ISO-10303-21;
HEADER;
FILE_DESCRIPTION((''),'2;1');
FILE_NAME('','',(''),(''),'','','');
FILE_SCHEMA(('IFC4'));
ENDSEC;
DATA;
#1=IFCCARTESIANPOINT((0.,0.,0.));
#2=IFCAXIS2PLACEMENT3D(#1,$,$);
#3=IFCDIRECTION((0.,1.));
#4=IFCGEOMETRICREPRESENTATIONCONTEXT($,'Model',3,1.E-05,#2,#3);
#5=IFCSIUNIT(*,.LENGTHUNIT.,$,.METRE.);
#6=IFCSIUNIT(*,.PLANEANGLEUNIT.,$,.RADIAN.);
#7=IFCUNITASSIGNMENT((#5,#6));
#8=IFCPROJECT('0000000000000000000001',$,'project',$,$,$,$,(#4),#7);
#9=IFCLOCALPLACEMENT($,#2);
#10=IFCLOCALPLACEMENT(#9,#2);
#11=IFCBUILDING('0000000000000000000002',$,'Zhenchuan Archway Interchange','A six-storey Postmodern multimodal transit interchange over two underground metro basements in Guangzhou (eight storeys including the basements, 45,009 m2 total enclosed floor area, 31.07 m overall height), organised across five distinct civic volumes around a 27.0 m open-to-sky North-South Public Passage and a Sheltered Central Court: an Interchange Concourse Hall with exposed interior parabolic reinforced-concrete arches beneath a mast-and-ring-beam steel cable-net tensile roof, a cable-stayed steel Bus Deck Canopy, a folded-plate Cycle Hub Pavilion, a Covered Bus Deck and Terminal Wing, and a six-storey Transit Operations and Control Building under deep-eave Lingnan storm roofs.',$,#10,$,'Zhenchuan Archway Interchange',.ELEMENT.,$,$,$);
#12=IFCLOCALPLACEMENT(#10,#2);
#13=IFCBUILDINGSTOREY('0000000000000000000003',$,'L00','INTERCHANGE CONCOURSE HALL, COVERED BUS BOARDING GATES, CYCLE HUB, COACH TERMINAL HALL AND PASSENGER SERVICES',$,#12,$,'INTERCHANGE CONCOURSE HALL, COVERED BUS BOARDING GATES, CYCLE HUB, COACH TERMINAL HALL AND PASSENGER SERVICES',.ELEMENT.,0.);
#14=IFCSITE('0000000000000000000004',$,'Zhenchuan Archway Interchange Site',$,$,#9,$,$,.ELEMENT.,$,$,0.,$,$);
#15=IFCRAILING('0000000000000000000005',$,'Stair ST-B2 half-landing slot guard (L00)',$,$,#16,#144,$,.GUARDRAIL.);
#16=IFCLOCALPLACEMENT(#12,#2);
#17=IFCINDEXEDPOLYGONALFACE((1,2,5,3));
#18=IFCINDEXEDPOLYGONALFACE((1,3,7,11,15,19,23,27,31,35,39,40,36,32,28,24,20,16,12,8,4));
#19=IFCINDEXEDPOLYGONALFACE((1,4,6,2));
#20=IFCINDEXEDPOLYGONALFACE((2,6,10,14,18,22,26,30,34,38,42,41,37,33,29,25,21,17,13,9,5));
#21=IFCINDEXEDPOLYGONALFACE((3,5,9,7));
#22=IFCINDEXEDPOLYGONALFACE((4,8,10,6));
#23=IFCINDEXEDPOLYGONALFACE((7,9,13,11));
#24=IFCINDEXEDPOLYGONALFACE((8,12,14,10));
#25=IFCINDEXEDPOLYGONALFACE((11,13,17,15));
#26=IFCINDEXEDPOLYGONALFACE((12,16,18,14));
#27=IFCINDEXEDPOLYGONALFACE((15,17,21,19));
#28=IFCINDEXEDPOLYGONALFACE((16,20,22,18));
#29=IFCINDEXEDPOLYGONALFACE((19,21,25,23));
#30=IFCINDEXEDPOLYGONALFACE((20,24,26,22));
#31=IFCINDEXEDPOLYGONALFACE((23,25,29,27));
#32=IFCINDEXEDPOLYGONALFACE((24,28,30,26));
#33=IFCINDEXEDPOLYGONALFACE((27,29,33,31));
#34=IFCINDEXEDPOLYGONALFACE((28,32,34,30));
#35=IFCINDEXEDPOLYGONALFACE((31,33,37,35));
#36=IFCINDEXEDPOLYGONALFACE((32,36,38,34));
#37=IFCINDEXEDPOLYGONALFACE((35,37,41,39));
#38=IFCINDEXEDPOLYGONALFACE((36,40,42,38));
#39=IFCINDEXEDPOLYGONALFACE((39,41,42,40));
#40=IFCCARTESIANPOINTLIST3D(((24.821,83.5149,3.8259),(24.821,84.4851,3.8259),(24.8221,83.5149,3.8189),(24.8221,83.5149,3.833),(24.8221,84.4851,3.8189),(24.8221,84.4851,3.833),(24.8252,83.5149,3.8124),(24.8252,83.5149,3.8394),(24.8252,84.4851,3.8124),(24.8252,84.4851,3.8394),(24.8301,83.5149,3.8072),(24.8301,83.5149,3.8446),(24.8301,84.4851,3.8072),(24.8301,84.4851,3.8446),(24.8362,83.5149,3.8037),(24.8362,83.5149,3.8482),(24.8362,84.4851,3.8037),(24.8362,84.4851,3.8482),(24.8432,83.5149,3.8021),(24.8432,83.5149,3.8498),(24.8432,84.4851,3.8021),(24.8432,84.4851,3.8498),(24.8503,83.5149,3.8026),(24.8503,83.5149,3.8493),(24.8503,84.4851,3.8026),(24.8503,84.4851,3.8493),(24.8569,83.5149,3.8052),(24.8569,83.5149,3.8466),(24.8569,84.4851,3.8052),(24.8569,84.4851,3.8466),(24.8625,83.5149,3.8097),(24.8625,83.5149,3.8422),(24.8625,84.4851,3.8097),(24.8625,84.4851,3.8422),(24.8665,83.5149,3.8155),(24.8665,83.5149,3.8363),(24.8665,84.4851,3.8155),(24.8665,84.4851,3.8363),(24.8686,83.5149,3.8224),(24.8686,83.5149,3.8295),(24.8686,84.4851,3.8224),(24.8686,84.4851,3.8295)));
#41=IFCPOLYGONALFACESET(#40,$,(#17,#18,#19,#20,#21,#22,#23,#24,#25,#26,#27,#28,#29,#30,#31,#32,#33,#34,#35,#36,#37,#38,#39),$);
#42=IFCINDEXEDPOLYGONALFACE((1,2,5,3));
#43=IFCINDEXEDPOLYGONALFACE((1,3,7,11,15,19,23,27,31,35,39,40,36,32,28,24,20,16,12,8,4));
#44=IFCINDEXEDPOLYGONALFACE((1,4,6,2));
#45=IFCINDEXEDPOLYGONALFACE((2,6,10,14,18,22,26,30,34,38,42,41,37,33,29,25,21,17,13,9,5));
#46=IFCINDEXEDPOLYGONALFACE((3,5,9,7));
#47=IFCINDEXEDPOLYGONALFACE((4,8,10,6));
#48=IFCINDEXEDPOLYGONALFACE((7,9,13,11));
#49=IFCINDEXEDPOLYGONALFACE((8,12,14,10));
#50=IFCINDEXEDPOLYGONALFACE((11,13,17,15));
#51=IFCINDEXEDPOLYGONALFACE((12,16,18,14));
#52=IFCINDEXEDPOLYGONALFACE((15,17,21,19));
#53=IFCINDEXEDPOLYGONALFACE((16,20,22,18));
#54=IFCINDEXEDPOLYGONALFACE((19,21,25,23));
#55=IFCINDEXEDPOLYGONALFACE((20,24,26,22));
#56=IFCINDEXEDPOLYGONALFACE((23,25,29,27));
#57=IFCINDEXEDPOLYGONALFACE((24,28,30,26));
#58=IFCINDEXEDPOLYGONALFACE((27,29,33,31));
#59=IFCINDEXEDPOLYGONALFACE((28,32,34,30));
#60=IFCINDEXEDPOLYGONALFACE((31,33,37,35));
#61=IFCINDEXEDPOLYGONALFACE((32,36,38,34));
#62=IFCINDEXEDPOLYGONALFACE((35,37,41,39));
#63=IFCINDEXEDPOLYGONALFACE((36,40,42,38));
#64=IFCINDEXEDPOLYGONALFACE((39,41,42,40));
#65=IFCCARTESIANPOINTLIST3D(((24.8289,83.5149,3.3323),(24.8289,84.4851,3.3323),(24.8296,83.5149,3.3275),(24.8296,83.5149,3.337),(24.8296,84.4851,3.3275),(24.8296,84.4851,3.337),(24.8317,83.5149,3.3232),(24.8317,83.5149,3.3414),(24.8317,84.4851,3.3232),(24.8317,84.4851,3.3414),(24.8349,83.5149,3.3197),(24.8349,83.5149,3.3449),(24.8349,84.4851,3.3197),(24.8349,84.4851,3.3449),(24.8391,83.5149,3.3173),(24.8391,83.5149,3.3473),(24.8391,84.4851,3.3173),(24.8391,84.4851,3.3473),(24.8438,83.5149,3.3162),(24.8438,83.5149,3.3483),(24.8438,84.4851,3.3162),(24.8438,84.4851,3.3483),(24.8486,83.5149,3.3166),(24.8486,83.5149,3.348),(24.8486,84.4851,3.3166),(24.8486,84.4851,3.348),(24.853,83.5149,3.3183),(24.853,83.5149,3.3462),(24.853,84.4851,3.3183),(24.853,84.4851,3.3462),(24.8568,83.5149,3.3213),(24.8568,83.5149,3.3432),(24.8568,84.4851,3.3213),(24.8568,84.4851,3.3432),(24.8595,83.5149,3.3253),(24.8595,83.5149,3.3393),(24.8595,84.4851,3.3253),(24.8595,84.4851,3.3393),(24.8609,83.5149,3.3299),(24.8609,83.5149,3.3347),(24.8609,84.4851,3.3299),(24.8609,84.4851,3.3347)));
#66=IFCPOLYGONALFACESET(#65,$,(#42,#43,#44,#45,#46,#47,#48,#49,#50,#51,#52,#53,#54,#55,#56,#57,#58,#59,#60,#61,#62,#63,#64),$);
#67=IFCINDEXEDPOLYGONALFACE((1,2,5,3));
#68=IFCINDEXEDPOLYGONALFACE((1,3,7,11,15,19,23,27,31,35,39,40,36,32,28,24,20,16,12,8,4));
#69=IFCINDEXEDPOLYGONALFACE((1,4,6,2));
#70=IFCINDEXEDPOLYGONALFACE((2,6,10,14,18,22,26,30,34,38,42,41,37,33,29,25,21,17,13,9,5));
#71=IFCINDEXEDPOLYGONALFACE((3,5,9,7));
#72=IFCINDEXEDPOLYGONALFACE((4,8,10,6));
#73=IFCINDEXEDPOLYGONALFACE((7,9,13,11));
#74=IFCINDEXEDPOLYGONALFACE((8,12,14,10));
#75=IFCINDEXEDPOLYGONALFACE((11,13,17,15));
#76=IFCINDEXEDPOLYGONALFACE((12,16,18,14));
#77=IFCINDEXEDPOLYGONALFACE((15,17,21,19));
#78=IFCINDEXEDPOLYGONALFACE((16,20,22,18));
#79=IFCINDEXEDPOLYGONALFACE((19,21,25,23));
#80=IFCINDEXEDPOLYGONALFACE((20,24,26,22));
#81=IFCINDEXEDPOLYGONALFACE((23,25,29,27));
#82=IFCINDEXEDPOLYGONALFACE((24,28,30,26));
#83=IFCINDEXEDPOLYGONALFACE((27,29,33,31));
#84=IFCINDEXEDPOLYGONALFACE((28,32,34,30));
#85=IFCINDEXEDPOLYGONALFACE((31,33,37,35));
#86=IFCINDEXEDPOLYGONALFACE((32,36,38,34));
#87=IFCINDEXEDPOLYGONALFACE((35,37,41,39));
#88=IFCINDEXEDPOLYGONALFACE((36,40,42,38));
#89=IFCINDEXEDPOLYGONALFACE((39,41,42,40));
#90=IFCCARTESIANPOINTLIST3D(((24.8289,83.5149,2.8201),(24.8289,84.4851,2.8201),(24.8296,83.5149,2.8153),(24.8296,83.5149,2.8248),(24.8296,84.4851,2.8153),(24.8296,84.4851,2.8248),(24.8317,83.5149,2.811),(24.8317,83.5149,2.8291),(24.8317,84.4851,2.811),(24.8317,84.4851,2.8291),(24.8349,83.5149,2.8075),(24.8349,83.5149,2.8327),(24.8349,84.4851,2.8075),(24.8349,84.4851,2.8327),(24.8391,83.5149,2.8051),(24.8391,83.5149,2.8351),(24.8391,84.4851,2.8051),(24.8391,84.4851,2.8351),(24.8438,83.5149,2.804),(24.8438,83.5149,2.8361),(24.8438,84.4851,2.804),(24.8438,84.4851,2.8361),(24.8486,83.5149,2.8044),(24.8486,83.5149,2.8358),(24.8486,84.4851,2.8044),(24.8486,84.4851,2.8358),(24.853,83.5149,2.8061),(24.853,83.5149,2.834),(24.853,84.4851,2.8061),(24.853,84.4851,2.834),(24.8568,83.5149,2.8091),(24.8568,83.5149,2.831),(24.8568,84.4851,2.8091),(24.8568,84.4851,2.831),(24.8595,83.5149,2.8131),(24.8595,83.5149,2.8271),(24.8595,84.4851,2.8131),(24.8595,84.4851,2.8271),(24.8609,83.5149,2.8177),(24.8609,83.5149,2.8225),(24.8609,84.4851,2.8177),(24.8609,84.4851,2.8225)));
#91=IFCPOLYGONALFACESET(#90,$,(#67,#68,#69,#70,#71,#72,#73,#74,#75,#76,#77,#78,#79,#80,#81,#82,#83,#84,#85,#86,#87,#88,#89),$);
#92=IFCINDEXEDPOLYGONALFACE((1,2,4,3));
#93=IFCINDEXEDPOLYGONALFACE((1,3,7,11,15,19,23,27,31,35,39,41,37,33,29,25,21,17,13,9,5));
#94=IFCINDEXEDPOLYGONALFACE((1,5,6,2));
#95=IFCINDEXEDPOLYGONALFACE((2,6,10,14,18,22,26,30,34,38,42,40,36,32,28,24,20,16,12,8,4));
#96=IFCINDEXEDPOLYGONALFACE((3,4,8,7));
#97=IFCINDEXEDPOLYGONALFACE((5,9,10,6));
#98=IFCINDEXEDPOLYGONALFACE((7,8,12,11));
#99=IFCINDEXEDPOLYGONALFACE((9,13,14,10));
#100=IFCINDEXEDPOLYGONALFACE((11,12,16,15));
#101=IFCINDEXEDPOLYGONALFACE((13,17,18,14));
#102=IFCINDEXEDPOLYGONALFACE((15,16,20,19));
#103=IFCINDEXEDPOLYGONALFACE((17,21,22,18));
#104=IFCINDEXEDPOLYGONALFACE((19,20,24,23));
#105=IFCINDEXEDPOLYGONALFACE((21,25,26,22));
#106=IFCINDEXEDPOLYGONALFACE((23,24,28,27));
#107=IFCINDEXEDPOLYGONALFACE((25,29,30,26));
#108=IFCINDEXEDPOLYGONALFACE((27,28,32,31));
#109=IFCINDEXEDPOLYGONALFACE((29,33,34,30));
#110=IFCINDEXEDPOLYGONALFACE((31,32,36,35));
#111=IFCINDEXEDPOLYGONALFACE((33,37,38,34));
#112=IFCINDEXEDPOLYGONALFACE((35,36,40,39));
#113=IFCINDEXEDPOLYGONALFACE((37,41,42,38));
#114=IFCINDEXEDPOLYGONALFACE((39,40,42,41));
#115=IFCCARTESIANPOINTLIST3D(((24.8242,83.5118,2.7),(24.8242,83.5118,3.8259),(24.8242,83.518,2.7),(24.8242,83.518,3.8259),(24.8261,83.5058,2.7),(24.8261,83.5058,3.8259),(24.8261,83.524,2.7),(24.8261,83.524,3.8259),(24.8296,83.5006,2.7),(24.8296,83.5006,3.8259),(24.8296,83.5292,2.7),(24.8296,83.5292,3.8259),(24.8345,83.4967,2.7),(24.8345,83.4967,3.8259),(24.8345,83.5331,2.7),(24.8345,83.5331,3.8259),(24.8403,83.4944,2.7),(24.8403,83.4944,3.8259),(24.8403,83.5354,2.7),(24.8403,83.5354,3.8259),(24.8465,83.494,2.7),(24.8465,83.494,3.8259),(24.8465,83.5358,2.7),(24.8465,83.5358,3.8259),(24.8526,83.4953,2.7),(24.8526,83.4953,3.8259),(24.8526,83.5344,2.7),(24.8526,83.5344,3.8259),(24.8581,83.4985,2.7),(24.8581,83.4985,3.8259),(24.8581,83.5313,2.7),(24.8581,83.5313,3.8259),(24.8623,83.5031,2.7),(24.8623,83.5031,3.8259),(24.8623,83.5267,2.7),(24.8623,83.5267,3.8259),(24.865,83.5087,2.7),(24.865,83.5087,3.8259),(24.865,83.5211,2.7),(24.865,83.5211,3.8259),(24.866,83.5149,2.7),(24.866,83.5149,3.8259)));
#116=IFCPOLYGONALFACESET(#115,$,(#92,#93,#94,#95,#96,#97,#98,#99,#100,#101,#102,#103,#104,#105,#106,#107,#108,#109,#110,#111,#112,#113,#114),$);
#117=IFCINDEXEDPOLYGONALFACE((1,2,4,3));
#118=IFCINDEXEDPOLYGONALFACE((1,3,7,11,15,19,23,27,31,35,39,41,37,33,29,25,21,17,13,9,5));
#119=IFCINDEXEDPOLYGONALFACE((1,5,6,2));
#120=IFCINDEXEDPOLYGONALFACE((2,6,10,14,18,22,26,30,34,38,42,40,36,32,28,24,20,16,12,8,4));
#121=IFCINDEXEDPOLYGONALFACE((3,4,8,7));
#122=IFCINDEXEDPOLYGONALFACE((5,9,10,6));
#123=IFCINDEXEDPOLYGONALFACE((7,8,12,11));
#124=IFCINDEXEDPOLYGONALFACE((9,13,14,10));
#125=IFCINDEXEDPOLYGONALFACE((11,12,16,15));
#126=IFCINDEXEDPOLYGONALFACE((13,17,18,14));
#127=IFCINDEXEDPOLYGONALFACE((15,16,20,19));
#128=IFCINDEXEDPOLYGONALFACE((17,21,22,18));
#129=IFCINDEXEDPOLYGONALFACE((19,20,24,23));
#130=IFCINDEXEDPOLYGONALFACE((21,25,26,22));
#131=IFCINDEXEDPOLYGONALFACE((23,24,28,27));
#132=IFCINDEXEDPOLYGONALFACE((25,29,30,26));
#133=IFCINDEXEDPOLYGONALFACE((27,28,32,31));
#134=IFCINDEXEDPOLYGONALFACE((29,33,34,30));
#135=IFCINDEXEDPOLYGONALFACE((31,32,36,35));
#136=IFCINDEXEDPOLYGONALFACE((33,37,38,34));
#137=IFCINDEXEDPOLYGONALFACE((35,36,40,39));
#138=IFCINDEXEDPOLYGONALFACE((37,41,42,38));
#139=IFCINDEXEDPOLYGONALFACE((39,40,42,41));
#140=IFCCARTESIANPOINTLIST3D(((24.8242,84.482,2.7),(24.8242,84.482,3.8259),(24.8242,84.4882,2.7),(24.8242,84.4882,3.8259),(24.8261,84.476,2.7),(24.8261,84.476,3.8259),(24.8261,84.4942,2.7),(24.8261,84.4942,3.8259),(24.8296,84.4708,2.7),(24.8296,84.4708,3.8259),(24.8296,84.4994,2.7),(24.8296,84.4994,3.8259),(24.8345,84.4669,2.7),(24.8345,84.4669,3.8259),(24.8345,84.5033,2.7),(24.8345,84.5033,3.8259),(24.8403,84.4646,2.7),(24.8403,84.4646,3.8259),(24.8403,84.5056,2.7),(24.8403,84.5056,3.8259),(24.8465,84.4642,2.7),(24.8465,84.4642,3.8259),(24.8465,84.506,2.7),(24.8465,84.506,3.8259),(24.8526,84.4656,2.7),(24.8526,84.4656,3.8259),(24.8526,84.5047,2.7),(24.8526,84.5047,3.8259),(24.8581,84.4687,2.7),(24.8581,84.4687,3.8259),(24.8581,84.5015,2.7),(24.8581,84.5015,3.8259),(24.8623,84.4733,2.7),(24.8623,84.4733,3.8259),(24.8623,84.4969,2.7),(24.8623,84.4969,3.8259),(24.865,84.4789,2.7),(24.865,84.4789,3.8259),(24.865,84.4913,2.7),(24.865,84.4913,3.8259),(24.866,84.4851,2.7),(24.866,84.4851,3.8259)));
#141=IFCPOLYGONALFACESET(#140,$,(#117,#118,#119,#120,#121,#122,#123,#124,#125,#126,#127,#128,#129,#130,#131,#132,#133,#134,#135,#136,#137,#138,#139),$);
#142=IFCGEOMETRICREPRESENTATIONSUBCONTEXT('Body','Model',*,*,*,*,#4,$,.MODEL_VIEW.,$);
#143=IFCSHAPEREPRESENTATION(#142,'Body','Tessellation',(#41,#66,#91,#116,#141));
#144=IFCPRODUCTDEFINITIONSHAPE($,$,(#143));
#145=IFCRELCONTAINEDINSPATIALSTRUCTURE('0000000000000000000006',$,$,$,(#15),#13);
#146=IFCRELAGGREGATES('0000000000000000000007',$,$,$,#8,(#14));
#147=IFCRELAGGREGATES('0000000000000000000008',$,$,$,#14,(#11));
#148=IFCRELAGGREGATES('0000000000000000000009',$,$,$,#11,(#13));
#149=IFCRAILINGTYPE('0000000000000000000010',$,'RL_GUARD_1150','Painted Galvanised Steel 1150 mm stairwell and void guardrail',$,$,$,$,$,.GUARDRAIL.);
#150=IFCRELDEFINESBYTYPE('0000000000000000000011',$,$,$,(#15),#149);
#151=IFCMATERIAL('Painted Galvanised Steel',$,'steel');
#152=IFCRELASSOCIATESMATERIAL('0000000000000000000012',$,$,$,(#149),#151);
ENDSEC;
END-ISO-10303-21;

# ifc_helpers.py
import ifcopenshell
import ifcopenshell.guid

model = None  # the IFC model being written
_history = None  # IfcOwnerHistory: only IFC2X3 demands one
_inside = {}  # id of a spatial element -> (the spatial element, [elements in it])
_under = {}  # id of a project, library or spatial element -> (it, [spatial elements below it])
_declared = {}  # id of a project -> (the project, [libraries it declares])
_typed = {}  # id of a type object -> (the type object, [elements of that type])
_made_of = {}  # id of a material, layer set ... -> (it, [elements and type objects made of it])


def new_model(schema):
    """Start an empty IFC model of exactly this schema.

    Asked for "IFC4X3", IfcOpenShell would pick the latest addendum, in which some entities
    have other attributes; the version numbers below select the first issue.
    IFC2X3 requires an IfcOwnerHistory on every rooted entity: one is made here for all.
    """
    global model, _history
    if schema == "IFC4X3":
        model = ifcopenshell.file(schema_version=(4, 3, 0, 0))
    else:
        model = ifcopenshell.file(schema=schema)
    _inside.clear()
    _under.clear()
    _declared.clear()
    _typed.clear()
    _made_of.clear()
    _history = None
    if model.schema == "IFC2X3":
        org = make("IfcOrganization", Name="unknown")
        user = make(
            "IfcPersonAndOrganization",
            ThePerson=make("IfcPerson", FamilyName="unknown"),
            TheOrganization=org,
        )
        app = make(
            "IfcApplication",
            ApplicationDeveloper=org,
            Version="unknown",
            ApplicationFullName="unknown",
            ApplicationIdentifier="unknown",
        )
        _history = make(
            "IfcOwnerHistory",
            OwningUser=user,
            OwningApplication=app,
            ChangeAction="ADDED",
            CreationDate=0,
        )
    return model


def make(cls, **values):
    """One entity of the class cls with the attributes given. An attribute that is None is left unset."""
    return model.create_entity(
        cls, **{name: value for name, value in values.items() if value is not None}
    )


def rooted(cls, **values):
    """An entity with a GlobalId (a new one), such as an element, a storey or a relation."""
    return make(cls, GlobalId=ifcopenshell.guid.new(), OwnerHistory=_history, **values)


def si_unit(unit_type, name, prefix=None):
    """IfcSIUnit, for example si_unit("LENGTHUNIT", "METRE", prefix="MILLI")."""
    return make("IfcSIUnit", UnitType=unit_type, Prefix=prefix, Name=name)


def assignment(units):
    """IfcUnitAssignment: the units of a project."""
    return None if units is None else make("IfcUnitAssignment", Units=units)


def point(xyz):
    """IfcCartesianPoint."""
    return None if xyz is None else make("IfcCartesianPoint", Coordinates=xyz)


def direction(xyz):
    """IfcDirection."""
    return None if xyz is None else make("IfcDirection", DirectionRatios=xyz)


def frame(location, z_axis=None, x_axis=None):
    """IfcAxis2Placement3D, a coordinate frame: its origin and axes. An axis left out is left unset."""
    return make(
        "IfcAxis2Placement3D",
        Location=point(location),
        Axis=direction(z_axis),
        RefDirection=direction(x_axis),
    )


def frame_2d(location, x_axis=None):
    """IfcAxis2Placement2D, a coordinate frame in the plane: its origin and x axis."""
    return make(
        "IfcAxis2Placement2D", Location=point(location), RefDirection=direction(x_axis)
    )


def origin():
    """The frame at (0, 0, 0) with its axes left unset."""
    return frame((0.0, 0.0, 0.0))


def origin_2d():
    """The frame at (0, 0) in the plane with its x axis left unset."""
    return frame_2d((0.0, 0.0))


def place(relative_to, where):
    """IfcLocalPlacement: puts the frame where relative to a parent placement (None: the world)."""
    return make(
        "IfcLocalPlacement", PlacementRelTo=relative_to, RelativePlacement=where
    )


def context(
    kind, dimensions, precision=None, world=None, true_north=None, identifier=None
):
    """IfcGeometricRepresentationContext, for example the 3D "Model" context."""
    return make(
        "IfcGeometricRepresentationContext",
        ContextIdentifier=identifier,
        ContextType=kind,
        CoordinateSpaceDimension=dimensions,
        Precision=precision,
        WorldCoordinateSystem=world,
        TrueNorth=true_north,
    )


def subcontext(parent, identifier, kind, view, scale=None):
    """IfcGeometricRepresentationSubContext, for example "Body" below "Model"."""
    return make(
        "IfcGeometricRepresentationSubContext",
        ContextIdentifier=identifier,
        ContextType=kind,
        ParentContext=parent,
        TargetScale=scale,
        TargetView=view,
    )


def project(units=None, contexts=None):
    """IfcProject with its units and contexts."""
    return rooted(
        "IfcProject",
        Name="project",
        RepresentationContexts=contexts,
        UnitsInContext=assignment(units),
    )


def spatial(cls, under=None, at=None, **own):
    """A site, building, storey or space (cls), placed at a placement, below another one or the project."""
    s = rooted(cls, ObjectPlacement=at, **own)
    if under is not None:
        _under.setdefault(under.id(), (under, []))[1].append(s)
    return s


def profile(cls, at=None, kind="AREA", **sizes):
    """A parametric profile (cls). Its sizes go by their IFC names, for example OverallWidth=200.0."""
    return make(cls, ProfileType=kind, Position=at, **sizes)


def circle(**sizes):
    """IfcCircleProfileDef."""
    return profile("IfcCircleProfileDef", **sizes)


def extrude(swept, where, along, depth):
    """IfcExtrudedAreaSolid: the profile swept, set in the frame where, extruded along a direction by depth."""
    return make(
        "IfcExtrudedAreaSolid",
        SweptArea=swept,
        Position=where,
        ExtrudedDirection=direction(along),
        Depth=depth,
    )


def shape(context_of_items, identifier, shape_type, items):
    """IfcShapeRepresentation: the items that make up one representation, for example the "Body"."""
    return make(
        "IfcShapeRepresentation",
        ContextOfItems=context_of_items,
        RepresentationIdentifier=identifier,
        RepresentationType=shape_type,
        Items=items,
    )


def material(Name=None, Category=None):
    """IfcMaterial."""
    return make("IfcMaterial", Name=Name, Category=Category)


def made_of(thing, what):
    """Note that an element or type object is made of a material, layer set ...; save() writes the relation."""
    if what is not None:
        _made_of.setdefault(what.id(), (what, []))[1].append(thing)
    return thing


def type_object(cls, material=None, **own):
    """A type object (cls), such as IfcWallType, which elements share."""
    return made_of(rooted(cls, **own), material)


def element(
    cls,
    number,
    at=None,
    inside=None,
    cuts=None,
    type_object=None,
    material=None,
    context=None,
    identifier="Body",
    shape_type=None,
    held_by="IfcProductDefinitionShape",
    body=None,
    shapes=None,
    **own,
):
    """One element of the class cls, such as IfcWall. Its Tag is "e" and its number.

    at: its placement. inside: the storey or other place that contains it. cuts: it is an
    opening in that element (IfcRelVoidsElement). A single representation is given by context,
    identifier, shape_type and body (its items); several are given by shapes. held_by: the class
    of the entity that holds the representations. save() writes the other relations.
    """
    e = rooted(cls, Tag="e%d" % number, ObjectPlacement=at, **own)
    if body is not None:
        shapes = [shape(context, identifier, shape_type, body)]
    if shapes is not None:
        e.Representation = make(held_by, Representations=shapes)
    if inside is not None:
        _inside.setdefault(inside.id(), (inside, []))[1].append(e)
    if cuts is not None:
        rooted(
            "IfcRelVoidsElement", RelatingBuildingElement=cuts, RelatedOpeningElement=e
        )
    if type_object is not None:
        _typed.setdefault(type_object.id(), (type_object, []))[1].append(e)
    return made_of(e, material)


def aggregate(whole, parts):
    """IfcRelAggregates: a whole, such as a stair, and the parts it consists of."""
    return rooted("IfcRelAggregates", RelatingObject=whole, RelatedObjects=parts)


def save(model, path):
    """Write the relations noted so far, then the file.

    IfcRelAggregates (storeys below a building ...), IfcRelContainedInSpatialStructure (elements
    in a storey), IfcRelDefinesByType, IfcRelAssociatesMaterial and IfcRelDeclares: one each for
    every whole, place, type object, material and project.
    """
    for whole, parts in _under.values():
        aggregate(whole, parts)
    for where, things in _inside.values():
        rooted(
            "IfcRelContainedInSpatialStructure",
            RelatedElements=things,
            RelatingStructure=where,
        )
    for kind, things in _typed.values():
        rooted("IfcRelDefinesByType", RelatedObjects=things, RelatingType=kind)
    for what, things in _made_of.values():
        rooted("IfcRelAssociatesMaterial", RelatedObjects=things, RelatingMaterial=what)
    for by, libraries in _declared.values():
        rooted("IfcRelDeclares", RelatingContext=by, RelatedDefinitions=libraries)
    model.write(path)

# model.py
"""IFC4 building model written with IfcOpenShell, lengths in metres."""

from ifc_helpers import new_model, si_unit, direction, frame, origin, origin_2d, place, context, subcontext, project, spatial, circle, extrude, material, type_object, element, save


model = new_model("IFC4")

# Units and contexts
model_context = context("Model", 3, precision=1e-05, world=origin(), true_north=direction((0.0, 1.0)))
body_context = subcontext(model_context, "Body", "Model", "MODEL_VIEW")
ifc_project = project(units=[si_unit("LENGTHUNIT", "METRE"), si_unit("PLANEANGLEUNIT", "RADIAN")], contexts=[model_context])

# Site, building, storey
site_placement = place(None, origin())
site = spatial("IfcSite", under=ifc_project, at=site_placement, Name="Zhenchuan Archway Interchange Site", CompositionType="ELEMENT", RefElevation=0.0)
building_placement = place(site_placement, origin())
building = spatial("IfcBuilding", under=site, at=building_placement, Name="Zhenchuan Archway Interchange", Description="A six-storey Postmodern multimodal transit interchange over two underground metro basements in Guangzhou (eight storeys including the basements, 45,009 m2 total enclosed floor area, 31.07 m overall height), organised across five distinct civic volumes around a 27.0 m open-to-sky North-South Public Passage and a Sheltered Central Court: an Interchange Concourse Hall with exposed interior parabolic reinforced-concrete arches beneath a mast-and-ring-beam steel cable-net tensile roof, a cable-stayed steel Bus Deck Canopy, a folded-plate Cycle Hub Pavilion, a Covered Bus Deck and Terminal Wing, and a six-storey Transit Operations and Control Building under deep-eave Lingnan storm roofs.", LongName="Zhenchuan Archway Interchange", CompositionType="ELEMENT")
storey_placement = place(building_placement, origin())
storey = spatial("IfcBuildingStorey", under=building, at=storey_placement, Name="L00", Description="INTERCHANGE CONCOURSE HALL, COVERED BUS BOARDING GATES, CYCLE HUB, COACH TERMINAL HALL AND PASSENGER SERVICES", LongName="INTERCHANGE CONCOURSE HALL, COVERED BUS BOARDING GATES, CYCLE HUB, COACH TERMINAL HALL AND PASSENGER SERVICES", CompositionType="ELEMENT", Elevation=0.0)

# Railing
ifc_material_1 = material(Name="Painted Galvanised Steel", Category="steel")
railing_type_1 = type_object("IfcRailingType", Name="RL_GUARD_1150", Description="Painted Galvanised Steel 1150 mm stairwell and void guardrail", PredefinedType="GUARDRAIL", material=ifc_material_1)
railing_placement = place(storey_placement, frame((24.845, 83.5149, 2.7)))
element("IfcRailing", 1, at=railing_placement, inside=storey, type_object=railing_type_1, Name="Stair ST-B2 half-landing slot guard (L00)", PredefinedType="GUARDRAIL", context=body_context, shape_type="SweptSolid", body=[
    extrude(circle(Radius=0.0239, at=origin_2d()), frame((0.0, 0.0, 1.126), z_axis=(0.0, 1.0, 0.0), x_axis=(-1.0, 0.0, 0.0)), (0.0, 0.0, 1.0), 0.9702),
    extrude(circle(Radius=0.0161, at=origin_2d()), frame((0.0, 0.0, 0.6323), z_axis=(0.0, 1.0, 0.0), x_axis=(-1.0, 0.0, 0.0)), (0.0, 0.0, 1.0), 0.9702),
    extrude(circle(Radius=0.0161, at=origin_2d()), frame((0.0, 0.0, 0.1201), z_axis=(0.0, 1.0, 0.0), x_axis=(-1.0, 0.0, 0.0)), (0.0, 0.0, 1.0), 0.9702),
    extrude(circle(Radius=0.021, at=origin_2d()), origin(), (0.0, 0.0, 1.0), 1.126),
    extrude(circle(Radius=0.021, at=origin_2d()), frame((0.0, 0.9702, 0.0)), (0.0, 0.0, 1.0), 1.126),
])

save(model, "model.ifc")
